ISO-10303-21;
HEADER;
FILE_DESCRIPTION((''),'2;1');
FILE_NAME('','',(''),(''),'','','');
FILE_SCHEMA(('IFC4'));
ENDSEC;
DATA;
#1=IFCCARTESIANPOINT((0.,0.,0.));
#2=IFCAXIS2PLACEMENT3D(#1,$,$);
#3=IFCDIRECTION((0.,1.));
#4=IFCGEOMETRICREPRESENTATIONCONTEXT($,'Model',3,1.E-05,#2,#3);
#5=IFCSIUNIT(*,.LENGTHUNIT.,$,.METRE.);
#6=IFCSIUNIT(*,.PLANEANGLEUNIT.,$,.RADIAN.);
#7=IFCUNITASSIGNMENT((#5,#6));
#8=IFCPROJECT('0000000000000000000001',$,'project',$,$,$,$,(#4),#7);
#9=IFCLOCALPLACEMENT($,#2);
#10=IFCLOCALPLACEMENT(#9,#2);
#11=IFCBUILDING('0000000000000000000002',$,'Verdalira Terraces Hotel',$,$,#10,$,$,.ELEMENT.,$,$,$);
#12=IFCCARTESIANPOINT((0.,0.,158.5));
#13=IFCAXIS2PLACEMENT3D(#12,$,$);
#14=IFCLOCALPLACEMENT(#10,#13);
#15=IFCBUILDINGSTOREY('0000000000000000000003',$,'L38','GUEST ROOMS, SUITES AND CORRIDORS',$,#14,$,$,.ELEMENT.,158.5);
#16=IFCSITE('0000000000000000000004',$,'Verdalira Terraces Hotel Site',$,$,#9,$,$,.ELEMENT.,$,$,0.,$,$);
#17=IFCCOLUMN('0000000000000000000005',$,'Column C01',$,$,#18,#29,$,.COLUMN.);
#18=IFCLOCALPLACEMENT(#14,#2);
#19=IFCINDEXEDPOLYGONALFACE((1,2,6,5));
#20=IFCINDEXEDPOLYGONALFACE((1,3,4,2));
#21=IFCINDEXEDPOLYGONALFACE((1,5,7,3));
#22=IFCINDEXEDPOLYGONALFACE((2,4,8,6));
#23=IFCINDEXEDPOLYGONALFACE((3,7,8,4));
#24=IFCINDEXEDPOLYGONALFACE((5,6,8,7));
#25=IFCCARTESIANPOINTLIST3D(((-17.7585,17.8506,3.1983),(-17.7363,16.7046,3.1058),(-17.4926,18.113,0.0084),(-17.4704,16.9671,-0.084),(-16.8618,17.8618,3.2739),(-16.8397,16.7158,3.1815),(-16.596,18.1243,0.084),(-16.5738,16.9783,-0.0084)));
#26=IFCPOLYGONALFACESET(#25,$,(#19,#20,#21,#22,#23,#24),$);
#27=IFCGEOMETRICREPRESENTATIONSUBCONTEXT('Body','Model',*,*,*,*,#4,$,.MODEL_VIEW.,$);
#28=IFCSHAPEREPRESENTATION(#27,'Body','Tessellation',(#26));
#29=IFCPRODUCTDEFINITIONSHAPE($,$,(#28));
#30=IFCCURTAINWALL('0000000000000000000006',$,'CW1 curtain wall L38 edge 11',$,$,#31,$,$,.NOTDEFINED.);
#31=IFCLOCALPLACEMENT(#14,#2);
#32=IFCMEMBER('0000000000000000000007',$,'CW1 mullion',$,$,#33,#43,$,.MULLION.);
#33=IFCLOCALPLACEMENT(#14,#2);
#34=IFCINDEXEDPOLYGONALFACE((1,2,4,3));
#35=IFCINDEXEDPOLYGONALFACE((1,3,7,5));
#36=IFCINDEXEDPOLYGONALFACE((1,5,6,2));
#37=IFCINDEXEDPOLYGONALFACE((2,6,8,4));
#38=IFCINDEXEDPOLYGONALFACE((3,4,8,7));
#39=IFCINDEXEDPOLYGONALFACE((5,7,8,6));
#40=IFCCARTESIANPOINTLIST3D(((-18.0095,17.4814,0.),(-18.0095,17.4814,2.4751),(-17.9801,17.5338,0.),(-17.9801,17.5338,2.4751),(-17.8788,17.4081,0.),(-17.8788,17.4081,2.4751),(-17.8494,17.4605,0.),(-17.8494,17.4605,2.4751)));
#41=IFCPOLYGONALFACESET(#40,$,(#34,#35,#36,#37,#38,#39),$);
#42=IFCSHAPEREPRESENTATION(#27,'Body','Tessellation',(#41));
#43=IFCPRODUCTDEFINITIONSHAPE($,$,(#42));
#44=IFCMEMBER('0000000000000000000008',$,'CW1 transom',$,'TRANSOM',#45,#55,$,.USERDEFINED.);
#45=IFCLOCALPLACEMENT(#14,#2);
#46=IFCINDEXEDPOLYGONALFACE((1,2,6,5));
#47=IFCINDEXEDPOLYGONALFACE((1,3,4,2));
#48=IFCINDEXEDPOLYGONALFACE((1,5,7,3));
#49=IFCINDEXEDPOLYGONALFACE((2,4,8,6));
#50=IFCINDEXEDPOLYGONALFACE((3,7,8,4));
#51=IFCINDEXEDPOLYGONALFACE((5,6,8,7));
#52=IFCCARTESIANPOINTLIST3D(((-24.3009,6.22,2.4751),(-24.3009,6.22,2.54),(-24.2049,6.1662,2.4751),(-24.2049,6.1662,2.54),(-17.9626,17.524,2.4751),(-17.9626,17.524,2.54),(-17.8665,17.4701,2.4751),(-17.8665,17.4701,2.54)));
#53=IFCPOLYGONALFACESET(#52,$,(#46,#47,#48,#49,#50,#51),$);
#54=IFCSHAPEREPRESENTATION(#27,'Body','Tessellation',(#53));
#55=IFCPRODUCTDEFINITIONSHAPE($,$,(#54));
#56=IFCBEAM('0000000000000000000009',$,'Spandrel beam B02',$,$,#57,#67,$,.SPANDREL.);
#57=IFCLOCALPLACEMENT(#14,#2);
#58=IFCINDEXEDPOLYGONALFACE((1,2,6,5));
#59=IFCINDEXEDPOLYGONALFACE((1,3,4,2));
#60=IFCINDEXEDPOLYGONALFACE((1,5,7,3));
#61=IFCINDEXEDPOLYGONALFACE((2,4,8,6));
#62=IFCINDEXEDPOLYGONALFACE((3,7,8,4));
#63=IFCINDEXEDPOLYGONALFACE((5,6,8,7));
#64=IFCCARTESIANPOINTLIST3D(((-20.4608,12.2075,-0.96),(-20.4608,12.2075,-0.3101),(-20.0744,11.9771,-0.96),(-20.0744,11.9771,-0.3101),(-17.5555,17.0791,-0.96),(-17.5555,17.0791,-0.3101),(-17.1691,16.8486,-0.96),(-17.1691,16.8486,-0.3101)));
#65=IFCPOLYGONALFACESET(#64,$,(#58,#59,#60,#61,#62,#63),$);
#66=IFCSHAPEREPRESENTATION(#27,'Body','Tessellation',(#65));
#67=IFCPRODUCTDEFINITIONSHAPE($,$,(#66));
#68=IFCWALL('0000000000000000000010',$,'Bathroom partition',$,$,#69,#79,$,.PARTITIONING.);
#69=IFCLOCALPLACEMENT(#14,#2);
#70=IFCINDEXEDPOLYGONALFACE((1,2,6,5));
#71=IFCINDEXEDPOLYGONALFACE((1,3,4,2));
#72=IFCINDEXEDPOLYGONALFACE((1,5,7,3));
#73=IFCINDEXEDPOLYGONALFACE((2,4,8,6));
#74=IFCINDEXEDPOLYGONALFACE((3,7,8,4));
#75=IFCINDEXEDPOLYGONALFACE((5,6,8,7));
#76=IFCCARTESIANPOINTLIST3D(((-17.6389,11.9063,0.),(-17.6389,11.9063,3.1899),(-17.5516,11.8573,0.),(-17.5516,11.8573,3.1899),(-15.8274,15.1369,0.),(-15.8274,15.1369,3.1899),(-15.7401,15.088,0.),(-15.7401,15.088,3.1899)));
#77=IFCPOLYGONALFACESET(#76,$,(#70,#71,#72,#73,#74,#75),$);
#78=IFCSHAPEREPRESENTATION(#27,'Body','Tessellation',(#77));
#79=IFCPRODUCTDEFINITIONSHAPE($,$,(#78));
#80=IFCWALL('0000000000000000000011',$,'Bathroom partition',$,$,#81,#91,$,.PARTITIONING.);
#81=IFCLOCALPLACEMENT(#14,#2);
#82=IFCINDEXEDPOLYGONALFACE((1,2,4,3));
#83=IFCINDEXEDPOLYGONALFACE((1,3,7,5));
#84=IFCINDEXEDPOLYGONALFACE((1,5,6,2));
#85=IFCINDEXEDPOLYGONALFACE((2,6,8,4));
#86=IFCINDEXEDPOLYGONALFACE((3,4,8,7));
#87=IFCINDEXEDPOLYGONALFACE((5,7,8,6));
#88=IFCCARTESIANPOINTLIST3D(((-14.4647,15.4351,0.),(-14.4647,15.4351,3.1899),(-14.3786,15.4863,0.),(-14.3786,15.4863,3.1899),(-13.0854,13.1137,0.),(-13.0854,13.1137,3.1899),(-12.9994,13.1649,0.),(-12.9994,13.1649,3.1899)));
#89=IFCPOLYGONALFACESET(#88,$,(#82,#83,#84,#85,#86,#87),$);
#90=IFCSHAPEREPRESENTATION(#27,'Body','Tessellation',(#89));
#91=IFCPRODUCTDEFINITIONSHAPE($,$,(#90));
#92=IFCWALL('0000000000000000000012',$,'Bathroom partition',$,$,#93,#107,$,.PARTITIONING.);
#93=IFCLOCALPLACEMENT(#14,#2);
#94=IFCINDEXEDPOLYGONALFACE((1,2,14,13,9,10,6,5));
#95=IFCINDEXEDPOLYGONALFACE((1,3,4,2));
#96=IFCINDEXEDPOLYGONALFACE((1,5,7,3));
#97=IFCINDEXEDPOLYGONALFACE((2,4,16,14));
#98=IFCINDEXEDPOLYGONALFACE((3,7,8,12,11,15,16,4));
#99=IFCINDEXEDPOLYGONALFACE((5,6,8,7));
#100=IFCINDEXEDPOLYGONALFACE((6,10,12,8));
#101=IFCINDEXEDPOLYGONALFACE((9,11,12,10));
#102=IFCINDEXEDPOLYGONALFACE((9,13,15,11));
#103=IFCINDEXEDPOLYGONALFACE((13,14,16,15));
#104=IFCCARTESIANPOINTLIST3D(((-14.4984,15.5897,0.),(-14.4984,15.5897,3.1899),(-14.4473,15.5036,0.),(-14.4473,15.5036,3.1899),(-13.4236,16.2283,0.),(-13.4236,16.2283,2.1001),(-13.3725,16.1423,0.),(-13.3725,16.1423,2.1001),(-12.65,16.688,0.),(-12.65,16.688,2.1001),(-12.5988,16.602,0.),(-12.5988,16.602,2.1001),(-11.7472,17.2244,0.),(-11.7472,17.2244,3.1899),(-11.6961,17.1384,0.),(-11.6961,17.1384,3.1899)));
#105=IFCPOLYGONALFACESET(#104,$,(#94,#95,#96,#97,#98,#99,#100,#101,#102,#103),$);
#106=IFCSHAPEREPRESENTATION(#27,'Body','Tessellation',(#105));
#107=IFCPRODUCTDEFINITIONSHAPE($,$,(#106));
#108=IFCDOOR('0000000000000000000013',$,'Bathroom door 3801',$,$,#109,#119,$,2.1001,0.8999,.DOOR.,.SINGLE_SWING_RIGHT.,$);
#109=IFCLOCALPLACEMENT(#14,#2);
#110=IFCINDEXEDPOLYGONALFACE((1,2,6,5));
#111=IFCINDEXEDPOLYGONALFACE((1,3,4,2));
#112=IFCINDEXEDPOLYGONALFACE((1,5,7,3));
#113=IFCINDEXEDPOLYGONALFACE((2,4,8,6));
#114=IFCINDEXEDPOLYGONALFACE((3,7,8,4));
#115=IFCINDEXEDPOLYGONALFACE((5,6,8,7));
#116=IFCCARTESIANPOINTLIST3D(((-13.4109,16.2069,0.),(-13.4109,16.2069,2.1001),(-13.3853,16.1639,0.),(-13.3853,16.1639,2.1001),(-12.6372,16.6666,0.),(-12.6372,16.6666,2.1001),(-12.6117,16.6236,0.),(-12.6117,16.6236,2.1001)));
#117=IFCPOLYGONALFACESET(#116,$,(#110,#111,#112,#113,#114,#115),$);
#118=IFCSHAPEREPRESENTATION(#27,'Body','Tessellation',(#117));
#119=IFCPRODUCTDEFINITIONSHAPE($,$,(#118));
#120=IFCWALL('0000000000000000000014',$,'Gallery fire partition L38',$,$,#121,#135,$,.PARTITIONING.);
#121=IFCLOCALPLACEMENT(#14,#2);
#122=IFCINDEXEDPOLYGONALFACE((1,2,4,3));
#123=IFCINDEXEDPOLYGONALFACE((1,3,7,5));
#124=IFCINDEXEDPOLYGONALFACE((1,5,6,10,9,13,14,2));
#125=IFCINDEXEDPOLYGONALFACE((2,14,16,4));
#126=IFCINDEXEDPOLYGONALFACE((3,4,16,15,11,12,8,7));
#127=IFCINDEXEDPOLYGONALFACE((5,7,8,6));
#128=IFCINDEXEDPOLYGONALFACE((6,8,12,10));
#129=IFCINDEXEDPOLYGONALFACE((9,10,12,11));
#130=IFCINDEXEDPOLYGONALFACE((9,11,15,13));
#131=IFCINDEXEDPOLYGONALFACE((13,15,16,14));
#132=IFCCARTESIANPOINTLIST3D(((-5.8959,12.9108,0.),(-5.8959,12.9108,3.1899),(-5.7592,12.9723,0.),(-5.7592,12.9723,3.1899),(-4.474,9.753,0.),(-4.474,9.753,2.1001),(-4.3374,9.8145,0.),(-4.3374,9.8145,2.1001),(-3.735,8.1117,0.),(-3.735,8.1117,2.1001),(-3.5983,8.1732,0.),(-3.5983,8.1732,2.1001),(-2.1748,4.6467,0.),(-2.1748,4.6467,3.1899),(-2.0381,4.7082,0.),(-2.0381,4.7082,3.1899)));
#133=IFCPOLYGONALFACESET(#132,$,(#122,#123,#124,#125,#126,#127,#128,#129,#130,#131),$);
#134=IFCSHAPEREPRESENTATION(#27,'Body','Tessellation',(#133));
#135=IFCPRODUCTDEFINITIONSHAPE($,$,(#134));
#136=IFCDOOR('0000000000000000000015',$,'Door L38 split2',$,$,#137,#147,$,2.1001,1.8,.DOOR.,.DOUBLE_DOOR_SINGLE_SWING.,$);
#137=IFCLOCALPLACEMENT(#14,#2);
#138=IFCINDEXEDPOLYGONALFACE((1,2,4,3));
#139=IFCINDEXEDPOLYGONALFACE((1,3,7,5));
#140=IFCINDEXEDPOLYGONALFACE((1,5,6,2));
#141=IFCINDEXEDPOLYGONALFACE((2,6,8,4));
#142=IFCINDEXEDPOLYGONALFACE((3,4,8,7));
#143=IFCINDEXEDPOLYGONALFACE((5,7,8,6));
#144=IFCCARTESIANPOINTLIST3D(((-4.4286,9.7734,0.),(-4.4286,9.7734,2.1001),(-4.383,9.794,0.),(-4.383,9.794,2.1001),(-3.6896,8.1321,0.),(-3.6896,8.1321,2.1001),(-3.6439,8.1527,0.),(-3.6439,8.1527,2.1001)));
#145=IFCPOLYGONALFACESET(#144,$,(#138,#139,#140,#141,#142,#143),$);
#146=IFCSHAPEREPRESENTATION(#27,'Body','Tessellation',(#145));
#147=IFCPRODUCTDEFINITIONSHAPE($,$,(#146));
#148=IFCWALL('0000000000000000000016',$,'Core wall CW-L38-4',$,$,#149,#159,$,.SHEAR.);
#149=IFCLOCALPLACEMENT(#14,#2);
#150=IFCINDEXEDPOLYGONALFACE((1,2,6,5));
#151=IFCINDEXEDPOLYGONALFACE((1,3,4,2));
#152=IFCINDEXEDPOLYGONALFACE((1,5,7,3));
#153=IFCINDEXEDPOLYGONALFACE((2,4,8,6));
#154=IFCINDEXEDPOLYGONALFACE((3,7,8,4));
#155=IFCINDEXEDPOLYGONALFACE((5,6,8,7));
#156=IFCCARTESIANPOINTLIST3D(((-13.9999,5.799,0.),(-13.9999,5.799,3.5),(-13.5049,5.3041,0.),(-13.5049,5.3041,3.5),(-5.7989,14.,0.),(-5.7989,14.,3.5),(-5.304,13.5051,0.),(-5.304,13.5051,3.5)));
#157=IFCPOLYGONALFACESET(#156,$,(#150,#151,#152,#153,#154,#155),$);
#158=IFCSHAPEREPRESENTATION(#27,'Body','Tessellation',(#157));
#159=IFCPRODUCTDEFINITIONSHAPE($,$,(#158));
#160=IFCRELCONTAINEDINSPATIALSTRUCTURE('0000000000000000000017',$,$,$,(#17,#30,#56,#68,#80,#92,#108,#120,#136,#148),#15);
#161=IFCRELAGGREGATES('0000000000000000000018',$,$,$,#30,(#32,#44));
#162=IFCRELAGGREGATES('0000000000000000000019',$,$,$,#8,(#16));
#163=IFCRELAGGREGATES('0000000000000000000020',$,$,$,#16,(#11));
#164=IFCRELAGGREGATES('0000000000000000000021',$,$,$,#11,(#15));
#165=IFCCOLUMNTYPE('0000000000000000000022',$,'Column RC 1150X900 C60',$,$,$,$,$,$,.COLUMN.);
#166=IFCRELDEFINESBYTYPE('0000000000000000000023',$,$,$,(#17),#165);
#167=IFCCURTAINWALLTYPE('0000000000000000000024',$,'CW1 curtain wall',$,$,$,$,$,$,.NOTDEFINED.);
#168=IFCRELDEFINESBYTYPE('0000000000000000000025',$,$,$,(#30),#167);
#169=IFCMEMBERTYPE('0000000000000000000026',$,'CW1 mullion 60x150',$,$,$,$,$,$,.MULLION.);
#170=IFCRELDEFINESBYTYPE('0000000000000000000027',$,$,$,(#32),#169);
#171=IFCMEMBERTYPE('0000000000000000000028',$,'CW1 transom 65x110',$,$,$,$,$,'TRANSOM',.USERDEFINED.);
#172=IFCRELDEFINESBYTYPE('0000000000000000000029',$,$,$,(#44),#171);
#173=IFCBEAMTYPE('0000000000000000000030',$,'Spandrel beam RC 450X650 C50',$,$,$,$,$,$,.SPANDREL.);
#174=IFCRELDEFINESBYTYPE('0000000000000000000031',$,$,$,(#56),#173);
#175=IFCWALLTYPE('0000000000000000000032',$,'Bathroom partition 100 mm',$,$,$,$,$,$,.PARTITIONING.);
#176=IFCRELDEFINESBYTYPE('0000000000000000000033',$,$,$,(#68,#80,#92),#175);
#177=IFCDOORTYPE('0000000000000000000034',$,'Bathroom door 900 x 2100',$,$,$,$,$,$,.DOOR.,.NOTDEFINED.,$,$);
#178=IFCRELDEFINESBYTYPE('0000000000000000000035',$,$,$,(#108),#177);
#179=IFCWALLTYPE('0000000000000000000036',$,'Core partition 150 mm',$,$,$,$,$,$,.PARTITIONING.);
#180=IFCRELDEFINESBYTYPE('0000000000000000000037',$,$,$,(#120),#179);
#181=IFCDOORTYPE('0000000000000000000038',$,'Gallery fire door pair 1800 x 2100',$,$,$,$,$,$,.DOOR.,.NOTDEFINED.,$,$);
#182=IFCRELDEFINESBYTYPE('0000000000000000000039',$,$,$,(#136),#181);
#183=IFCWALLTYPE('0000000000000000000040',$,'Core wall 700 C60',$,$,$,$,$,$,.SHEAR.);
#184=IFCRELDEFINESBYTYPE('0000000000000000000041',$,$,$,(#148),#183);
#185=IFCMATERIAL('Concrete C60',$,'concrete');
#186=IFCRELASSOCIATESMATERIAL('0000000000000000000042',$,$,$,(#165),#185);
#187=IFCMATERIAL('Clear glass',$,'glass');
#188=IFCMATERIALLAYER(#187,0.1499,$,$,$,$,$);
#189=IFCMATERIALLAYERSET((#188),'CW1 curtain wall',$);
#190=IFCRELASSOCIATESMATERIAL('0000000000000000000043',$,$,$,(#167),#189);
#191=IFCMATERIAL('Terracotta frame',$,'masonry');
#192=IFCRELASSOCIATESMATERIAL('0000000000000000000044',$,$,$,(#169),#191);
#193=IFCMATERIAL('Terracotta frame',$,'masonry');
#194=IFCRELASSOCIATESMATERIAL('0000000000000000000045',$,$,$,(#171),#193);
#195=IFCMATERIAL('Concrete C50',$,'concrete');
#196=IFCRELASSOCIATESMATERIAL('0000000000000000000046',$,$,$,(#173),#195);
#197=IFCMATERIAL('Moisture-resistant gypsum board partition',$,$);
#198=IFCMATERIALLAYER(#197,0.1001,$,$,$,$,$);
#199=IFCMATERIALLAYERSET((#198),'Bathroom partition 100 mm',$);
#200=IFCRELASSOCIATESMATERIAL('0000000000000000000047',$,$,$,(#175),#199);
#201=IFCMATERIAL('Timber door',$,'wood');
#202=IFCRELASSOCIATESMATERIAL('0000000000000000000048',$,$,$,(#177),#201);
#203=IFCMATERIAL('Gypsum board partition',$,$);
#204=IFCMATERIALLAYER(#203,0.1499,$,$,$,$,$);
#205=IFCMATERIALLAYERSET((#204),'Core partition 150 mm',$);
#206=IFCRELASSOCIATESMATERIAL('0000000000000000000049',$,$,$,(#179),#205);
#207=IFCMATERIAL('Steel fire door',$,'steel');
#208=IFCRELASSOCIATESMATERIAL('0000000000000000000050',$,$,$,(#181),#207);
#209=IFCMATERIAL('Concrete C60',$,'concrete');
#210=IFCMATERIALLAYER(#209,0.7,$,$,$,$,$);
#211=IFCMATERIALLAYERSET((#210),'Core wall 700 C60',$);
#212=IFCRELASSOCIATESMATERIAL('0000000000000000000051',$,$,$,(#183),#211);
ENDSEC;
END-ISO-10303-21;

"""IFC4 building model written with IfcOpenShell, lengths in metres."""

from ifc_helpers import new_model, si_unit, direction, frame, frame_2d, origin, origin_2d, place, context, subcontext, project, spatial, rectangle, extrude, material, layer, layer_set, material_profile, profile_set, type_object, element, fill, aggregate, save


model = new_model("IFC4")

# Units and contexts
model_context = context("Model", 3, precision=1e-05, world=origin(), true_north=direction((0.0, 1.0)))
body_context = subcontext(model_context, "Body", "Model", "MODEL_VIEW")
ifc_project = project(units=[si_unit("LENGTHUNIT", "METRE"), si_unit("PLANEANGLEUNIT", "RADIAN")], contexts=[model_context])

# Site, building, storey
site_placement = place(None, origin())
site = spatial("IfcSite", under=ifc_project, at=site_placement, Name="Verdalira Terraces Hotel Site", CompositionType="ELEMENT", RefElevation=0.0)
building_placement = place(site_placement, origin())
building = spatial("IfcBuilding", under=site, at=building_placement, Name="Verdalira Terraces Hotel", CompositionType="ELEMENT")
storey_placement = place(building_placement, frame((0.0, 0.0, 158.5)))
storey = spatial("IfcBuildingStorey", under=building, at=storey_placement, Name="L38", Description="GUEST ROOMS, SUITES AND CORRIDORS", CompositionType="ELEMENT", Elevation=158.5)

# Column
ifc_material_1 = material(Name="Concrete C60", Category="concrete")
ifc_material_profile_1 = material_profile(ifc_material_1, rectangle(XDim=1.1499, YDim=0.8999, at=origin_2d()), Name="RC 1150X900")
ifc_profile_set_1 = profile_set([ifc_material_profile_1], Name="Concrete C60")
column_type = type_object("IfcColumnType", Name="Column RC 1150X900 C60", PredefinedType="COLUMN", material=ifc_profile_set_1)
column_placement = place(storey_placement, frame((-17.0332, 17.5457, 0.0), z_axis=(-0.08278, -0.081716, 0.993212), x_axis=(-0.019273, 0.996577, 0.080387)))
element("IfcColumn", 1, at=column_placement, inside=storey, type_object=column_type, Name="Column C01", PredefinedType="COLUMN", context=body_context, shape_type="SweptSolid", body=[
    extrude(rectangle(XDim=1.1499, YDim=0.8999, at=origin_2d()), origin(), (0.0, 0.0, 1.0), 3.2117),
])

# Curtain wall, members
ifc_material_2 = material(Name="Clear glass", Category="glass")
ifc_layer_1 = layer(ifc_material_2, 0.1499)
ifc_layer_set_1 = layer_set([ifc_layer_1], Name="CW1 curtain wall")
curtain_wall_type = type_object("IfcCurtainWallType", Name="CW1 curtain wall", PredefinedType="NOTDEFINED", material=ifc_layer_set_1)
curtain_wall_placement = place(storey_placement, origin())
curtain_wall = element("IfcCurtainWall", 2, at=curtain_wall_placement, inside=storey, type_object=curtain_wall_type, Name="CW1 curtain wall L38 edge 11", PredefinedType="NOTDEFINED")
ifc_material_3 = material(Name="Terracotta frame", Category="masonry")
ifc_material_profile_2 = material_profile(ifc_material_3, rectangle(XDim=0.0601, YDim=0.1499, at=origin_2d()), Name="MU 60x150")
ifc_profile_set_2 = profile_set([ifc_material_profile_2], Name="Terracotta frame")
member_type_1 = type_object("IfcMemberType", Name="CW1 mullion 60x150", PredefinedType="MULLION", material=ifc_profile_set_2)
member_1_placement = place(storey_placement, frame((-17.9294, 17.4709, 0.0), z_axis=(0.0, 0.0, 1.0), x_axis=(-0.489078, -0.87224, 0.0)))
member_1 = element("IfcMember", 3, at=member_1_placement, type_object=member_type_1, Name="CW1 mullion", PredefinedType="MULLION", context=body_context, shape_type="SweptSolid", body=[
    extrude(rectangle(XDim=0.0601, YDim=0.1499, at=origin_2d()), origin(), (0.0, 0.0, 1.0), 2.4751),
])
ifc_material_4 = material(Name="Terracotta frame", Category="masonry")
ifc_material_profile_3 = material_profile(ifc_material_4, rectangle(XDim=0.1101, YDim=0.0649, at=origin_2d()), Name="TR 65x110")
ifc_profile_set_3 = profile_set([ifc_material_profile_3], Name="Terracotta frame")
member_type_2 = type_object("IfcMemberType", Name="CW1 transom 65x110", ElementType="TRANSOM", PredefinedType="USERDEFINED", material=ifc_profile_set_3)
member_2_placement = place(storey_placement, frame((-17.9146, 17.4971, 2.5076), z_axis=(-0.489083, -0.872237, 0.0), x_axis=(0.872237, -0.489083, 0.0)))
member_2 = element("IfcMember", 4, at=member_2_placement, type_object=member_type_2, Name="CW1 transom", ObjectType="TRANSOM", PredefinedType="USERDEFINED", context=body_context, shape_type="SweptSolid", body=[
    extrude(rectangle(XDim=0.1101, YDim=0.0649, at=origin_2d()), origin(), (0.0, 0.0, 1.0), 12.9597),
])
aggregate(curtain_wall, [member_1, member_2])

# Beam
ifc_material_5 = material(Name="Concrete C50", Category="concrete")
ifc_material_profile_4 = material_profile(ifc_material_5, rectangle(XDim=0.45, YDim=0.6499, at=origin_2d()), Name="RC 450X650")
ifc_profile_set_4 = profile_set([ifc_material_profile_4], Name="Concrete C50")
beam_type = type_object("IfcBeamType", Name="Spandrel beam RC 450X650 C50", PredefinedType="SPANDREL", material=ifc_profile_set_4)
beam_placement = place(storey_placement, frame((-17.3623, 16.9639, -0.635), z_axis=(-0.512203, -0.858865, 0.0), x_axis=(0.858865, -0.512203, 0.0)))
element("IfcBeam", 5, at=beam_placement, inside=storey, type_object=beam_type, Name="Spandrel beam B02", PredefinedType="SPANDREL", context=body_context, shape_type="SweptSolid", body=[
    extrude(rectangle(XDim=0.45, YDim=0.6499, at=origin_2d()), origin(), (0.0, 0.0, 1.0), 5.6721),
])

# Walls
ifc_material_6 = material(Name="Moisture-resistant gypsum board partition")
ifc_layer_2 = layer(ifc_material_6, 0.1001)
ifc_layer_set_2 = layer_set([ifc_layer_2], Name="Bathroom partition 100 mm")
wall_type_1 = type_object("IfcWallType", Name="Bathroom partition 100 mm", PredefinedType="PARTITIONING", material=ifc_layer_set_2)
wall_1_placement = place(storey_placement, frame((-15.7837, 15.1125, 0.0), z_axis=(0.0, 0.0, 1.0), x_axis=(-0.489081, -0.872238, 0.0)))
element("IfcWall", 6, at=wall_1_placement, inside=storey, type_object=wall_type_1, Name="Bathroom partition", PredefinedType="PARTITIONING", context=body_context, shape_type="SweptSolid", body=[
    extrude(rectangle(XDim=3.7039, YDim=0.1001, at=frame_2d((1.8521, 0.0))), origin(), (0.0, 0.0, 1.0), 3.1899),
])
wall_2_placement = place(storey_placement, frame((-14.4216, 15.4607, 0.0), z_axis=(0.0, 0.0, 1.0), x_axis=(0.510781, -0.859711, 0.0)))
element("IfcWall", 7, at=wall_2_placement, inside=storey, type_object=wall_type_1, Name="Bathroom partition", PredefinedType="PARTITIONING", context=body_context, shape_type="SweptSolid", body=[
    extrude(rectangle(XDim=2.7002, YDim=0.1001, at=frame_2d((1.3501, 0.0))), origin(), (0.0, 0.0, 1.0), 3.1899),
])

# Walls, openings, doors
wall_3_placement = place(storey_placement, frame((-11.7217, 17.1814, 0.0), z_axis=(0.0, 0.0, 1.0), x_axis=(-0.859686, -0.510823, 0.0)))
wall_3 = element("IfcWall", 8, at=wall_3_placement, inside=storey, type_object=wall_type_1, Name="Bathroom partition", PredefinedType="PARTITIONING", context=body_context, shape_type="SweptSolid", body=[
    extrude(rectangle(XDim=3.2002, YDim=0.1001, at=frame_2d((1.6001, 0.0))), origin(), (0.0, 0.0, 1.0), 3.1899),
])
opening_1_placement = place(wall_3_placement, frame((1.05, 0.0, 0.0)))
opening_1 = element("IfcOpeningElement", 9, at=opening_1_placement, cuts=wall_3, PredefinedType="OPENING", context=body_context, shape_type="SweptSolid", body=[
    extrude(rectangle(XDim=0.8999, YDim=2.1001, at=frame_2d((0.45, 1.05))), frame((0.0, 0.0601, 0.0), z_axis=(0.0, -1.0, 0.0), x_axis=(1.0, 0.0, 0.0)), (0.0, 0.0, 1.0), 0.1201),
])
ifc_material_7 = material(Name="Timber door", Category="wood")
door_type_1 = type_object("IfcDoorType", Name="Bathroom door 900 x 2100", OperationType="NOTDEFINED", PredefinedType="DOOR", material=ifc_material_7)
door_1_placement = place(opening_1_placement, origin())
door_1 = element("IfcDoor", 10, at=door_1_placement, inside=storey, type_object=door_type_1, Name="Bathroom door 3801", OperationType="SINGLE_SWING_RIGHT", OverallHeight=2.1001, OverallWidth=0.8999, PredefinedType="DOOR", context=body_context, shape_type="SweptSolid", body=[
    extrude(rectangle(XDim=0.8999, YDim=2.1001, at=frame_2d((0.45, 1.05))), frame((0.0, 0.0249, 0.0), z_axis=(0.0, -1.0, 0.0), x_axis=(1.0, 0.0, 0.0)), (0.0, 0.0, 1.0), 0.05),
])
fill(opening_1, door_1)
ifc_material_8 = material(Name="Gypsum board partition")
ifc_layer_3 = layer(ifc_material_8, 0.1499)
ifc_layer_set_3 = layer_set([ifc_layer_3], Name="Core partition 150 mm")
wall_type_2 = type_object("IfcWallType", Name="Core partition 150 mm", PredefinedType="PARTITIONING", material=ifc_layer_set_3)
wall_4_placement = place(storey_placement, frame((-5.8276, 12.9416, 0.0), z_axis=(0.0, 0.0, 1.0), x_axis=(0.410577, -0.911826, 0.0)))
wall_4 = element("IfcWall", 11, at=wall_4_placement, inside=storey, type_object=wall_type_2, Name="Gallery fire partition L38", PredefinedType="PARTITIONING", context=body_context, shape_type="SweptSolid", body=[
    extrude(rectangle(XDim=9.0632, YDim=0.1499, at=frame_2d((4.5317, 0.0))), origin(), (0.0, 0.0, 1.0), 3.1899),
])
opening_2_placement = place(wall_4_placement, frame((3.4634, 0.0, 0.0)))
opening_2 = element("IfcOpeningElement", 12, at=opening_2_placement, cuts=wall_4, PredefinedType="OPENING", context=body_context, shape_type="SweptSolid", body=[
    extrude(rectangle(XDim=1.8, YDim=2.1001, at=frame_2d((0.8999, 1.05))), frame((0.0, 0.085, 0.0), z_axis=(0.0, -1.0, 0.0), x_axis=(1.0, 0.0, 0.0)), (0.0, 0.0, 1.0), 0.1699),
])
ifc_material_9 = material(Name="Steel fire door", Category="steel")
door_type_2 = type_object("IfcDoorType", Name="Gallery fire door pair 1800 x 2100", OperationType="NOTDEFINED", PredefinedType="DOOR", material=ifc_material_9)
door_2_placement = place(opening_2_placement, origin())
door_2 = element("IfcDoor", 13, at=door_2_placement, inside=storey, type_object=door_type_2, Name="Door L38 split2", OperationType="DOUBLE_DOOR_SINGLE_SWING", OverallHeight=2.1001, OverallWidth=1.8, PredefinedType="DOOR", context=body_context, shape_type="SweptSolid", body=[
    extrude(rectangle(XDim=1.8, YDim=2.1001, at=frame_2d((0.8999, 1.05))), frame((0.0, 0.0249, 0.0), z_axis=(0.0, -1.0, 0.0), x_axis=(1.0, 0.0, 0.0)), (0.0, 0.0, 1.0), 0.05),
])
fill(opening_2, door_2)

# Wall
ifc_material_10 = material(Name="Concrete C60", Category="concrete")
ifc_layer_4 = layer(ifc_material_10, 0.7)
ifc_layer_set_4 = layer_set([ifc_layer_4], Name="Core wall 700 C60")
wall_type_3 = type_object("IfcWallType", Name="Core wall 700 C60", PredefinedType="SHEAR", material=ifc_layer_set_4)
wall_5_placement = place(storey_placement, frame((-5.5515, 13.7524, 0.0), z_axis=(0.0, 0.0, 1.0), x_axis=(-0.707107, -0.707107, 0.0)))
element("IfcWall", 14, at=wall_5_placement, inside=storey, type_object=wall_type_3, Name="Core wall CW-L38-4", PredefinedType="SHEAR", context=body_context, shape_type="SweptSolid", body=[
    extrude(rectangle(XDim=11.5979, YDim=0.7, at=frame_2d((5.7988, 0.0))), origin(), (0.0, 0.0, 1.0), 3.5),
])

save(model, "model.ifc")
